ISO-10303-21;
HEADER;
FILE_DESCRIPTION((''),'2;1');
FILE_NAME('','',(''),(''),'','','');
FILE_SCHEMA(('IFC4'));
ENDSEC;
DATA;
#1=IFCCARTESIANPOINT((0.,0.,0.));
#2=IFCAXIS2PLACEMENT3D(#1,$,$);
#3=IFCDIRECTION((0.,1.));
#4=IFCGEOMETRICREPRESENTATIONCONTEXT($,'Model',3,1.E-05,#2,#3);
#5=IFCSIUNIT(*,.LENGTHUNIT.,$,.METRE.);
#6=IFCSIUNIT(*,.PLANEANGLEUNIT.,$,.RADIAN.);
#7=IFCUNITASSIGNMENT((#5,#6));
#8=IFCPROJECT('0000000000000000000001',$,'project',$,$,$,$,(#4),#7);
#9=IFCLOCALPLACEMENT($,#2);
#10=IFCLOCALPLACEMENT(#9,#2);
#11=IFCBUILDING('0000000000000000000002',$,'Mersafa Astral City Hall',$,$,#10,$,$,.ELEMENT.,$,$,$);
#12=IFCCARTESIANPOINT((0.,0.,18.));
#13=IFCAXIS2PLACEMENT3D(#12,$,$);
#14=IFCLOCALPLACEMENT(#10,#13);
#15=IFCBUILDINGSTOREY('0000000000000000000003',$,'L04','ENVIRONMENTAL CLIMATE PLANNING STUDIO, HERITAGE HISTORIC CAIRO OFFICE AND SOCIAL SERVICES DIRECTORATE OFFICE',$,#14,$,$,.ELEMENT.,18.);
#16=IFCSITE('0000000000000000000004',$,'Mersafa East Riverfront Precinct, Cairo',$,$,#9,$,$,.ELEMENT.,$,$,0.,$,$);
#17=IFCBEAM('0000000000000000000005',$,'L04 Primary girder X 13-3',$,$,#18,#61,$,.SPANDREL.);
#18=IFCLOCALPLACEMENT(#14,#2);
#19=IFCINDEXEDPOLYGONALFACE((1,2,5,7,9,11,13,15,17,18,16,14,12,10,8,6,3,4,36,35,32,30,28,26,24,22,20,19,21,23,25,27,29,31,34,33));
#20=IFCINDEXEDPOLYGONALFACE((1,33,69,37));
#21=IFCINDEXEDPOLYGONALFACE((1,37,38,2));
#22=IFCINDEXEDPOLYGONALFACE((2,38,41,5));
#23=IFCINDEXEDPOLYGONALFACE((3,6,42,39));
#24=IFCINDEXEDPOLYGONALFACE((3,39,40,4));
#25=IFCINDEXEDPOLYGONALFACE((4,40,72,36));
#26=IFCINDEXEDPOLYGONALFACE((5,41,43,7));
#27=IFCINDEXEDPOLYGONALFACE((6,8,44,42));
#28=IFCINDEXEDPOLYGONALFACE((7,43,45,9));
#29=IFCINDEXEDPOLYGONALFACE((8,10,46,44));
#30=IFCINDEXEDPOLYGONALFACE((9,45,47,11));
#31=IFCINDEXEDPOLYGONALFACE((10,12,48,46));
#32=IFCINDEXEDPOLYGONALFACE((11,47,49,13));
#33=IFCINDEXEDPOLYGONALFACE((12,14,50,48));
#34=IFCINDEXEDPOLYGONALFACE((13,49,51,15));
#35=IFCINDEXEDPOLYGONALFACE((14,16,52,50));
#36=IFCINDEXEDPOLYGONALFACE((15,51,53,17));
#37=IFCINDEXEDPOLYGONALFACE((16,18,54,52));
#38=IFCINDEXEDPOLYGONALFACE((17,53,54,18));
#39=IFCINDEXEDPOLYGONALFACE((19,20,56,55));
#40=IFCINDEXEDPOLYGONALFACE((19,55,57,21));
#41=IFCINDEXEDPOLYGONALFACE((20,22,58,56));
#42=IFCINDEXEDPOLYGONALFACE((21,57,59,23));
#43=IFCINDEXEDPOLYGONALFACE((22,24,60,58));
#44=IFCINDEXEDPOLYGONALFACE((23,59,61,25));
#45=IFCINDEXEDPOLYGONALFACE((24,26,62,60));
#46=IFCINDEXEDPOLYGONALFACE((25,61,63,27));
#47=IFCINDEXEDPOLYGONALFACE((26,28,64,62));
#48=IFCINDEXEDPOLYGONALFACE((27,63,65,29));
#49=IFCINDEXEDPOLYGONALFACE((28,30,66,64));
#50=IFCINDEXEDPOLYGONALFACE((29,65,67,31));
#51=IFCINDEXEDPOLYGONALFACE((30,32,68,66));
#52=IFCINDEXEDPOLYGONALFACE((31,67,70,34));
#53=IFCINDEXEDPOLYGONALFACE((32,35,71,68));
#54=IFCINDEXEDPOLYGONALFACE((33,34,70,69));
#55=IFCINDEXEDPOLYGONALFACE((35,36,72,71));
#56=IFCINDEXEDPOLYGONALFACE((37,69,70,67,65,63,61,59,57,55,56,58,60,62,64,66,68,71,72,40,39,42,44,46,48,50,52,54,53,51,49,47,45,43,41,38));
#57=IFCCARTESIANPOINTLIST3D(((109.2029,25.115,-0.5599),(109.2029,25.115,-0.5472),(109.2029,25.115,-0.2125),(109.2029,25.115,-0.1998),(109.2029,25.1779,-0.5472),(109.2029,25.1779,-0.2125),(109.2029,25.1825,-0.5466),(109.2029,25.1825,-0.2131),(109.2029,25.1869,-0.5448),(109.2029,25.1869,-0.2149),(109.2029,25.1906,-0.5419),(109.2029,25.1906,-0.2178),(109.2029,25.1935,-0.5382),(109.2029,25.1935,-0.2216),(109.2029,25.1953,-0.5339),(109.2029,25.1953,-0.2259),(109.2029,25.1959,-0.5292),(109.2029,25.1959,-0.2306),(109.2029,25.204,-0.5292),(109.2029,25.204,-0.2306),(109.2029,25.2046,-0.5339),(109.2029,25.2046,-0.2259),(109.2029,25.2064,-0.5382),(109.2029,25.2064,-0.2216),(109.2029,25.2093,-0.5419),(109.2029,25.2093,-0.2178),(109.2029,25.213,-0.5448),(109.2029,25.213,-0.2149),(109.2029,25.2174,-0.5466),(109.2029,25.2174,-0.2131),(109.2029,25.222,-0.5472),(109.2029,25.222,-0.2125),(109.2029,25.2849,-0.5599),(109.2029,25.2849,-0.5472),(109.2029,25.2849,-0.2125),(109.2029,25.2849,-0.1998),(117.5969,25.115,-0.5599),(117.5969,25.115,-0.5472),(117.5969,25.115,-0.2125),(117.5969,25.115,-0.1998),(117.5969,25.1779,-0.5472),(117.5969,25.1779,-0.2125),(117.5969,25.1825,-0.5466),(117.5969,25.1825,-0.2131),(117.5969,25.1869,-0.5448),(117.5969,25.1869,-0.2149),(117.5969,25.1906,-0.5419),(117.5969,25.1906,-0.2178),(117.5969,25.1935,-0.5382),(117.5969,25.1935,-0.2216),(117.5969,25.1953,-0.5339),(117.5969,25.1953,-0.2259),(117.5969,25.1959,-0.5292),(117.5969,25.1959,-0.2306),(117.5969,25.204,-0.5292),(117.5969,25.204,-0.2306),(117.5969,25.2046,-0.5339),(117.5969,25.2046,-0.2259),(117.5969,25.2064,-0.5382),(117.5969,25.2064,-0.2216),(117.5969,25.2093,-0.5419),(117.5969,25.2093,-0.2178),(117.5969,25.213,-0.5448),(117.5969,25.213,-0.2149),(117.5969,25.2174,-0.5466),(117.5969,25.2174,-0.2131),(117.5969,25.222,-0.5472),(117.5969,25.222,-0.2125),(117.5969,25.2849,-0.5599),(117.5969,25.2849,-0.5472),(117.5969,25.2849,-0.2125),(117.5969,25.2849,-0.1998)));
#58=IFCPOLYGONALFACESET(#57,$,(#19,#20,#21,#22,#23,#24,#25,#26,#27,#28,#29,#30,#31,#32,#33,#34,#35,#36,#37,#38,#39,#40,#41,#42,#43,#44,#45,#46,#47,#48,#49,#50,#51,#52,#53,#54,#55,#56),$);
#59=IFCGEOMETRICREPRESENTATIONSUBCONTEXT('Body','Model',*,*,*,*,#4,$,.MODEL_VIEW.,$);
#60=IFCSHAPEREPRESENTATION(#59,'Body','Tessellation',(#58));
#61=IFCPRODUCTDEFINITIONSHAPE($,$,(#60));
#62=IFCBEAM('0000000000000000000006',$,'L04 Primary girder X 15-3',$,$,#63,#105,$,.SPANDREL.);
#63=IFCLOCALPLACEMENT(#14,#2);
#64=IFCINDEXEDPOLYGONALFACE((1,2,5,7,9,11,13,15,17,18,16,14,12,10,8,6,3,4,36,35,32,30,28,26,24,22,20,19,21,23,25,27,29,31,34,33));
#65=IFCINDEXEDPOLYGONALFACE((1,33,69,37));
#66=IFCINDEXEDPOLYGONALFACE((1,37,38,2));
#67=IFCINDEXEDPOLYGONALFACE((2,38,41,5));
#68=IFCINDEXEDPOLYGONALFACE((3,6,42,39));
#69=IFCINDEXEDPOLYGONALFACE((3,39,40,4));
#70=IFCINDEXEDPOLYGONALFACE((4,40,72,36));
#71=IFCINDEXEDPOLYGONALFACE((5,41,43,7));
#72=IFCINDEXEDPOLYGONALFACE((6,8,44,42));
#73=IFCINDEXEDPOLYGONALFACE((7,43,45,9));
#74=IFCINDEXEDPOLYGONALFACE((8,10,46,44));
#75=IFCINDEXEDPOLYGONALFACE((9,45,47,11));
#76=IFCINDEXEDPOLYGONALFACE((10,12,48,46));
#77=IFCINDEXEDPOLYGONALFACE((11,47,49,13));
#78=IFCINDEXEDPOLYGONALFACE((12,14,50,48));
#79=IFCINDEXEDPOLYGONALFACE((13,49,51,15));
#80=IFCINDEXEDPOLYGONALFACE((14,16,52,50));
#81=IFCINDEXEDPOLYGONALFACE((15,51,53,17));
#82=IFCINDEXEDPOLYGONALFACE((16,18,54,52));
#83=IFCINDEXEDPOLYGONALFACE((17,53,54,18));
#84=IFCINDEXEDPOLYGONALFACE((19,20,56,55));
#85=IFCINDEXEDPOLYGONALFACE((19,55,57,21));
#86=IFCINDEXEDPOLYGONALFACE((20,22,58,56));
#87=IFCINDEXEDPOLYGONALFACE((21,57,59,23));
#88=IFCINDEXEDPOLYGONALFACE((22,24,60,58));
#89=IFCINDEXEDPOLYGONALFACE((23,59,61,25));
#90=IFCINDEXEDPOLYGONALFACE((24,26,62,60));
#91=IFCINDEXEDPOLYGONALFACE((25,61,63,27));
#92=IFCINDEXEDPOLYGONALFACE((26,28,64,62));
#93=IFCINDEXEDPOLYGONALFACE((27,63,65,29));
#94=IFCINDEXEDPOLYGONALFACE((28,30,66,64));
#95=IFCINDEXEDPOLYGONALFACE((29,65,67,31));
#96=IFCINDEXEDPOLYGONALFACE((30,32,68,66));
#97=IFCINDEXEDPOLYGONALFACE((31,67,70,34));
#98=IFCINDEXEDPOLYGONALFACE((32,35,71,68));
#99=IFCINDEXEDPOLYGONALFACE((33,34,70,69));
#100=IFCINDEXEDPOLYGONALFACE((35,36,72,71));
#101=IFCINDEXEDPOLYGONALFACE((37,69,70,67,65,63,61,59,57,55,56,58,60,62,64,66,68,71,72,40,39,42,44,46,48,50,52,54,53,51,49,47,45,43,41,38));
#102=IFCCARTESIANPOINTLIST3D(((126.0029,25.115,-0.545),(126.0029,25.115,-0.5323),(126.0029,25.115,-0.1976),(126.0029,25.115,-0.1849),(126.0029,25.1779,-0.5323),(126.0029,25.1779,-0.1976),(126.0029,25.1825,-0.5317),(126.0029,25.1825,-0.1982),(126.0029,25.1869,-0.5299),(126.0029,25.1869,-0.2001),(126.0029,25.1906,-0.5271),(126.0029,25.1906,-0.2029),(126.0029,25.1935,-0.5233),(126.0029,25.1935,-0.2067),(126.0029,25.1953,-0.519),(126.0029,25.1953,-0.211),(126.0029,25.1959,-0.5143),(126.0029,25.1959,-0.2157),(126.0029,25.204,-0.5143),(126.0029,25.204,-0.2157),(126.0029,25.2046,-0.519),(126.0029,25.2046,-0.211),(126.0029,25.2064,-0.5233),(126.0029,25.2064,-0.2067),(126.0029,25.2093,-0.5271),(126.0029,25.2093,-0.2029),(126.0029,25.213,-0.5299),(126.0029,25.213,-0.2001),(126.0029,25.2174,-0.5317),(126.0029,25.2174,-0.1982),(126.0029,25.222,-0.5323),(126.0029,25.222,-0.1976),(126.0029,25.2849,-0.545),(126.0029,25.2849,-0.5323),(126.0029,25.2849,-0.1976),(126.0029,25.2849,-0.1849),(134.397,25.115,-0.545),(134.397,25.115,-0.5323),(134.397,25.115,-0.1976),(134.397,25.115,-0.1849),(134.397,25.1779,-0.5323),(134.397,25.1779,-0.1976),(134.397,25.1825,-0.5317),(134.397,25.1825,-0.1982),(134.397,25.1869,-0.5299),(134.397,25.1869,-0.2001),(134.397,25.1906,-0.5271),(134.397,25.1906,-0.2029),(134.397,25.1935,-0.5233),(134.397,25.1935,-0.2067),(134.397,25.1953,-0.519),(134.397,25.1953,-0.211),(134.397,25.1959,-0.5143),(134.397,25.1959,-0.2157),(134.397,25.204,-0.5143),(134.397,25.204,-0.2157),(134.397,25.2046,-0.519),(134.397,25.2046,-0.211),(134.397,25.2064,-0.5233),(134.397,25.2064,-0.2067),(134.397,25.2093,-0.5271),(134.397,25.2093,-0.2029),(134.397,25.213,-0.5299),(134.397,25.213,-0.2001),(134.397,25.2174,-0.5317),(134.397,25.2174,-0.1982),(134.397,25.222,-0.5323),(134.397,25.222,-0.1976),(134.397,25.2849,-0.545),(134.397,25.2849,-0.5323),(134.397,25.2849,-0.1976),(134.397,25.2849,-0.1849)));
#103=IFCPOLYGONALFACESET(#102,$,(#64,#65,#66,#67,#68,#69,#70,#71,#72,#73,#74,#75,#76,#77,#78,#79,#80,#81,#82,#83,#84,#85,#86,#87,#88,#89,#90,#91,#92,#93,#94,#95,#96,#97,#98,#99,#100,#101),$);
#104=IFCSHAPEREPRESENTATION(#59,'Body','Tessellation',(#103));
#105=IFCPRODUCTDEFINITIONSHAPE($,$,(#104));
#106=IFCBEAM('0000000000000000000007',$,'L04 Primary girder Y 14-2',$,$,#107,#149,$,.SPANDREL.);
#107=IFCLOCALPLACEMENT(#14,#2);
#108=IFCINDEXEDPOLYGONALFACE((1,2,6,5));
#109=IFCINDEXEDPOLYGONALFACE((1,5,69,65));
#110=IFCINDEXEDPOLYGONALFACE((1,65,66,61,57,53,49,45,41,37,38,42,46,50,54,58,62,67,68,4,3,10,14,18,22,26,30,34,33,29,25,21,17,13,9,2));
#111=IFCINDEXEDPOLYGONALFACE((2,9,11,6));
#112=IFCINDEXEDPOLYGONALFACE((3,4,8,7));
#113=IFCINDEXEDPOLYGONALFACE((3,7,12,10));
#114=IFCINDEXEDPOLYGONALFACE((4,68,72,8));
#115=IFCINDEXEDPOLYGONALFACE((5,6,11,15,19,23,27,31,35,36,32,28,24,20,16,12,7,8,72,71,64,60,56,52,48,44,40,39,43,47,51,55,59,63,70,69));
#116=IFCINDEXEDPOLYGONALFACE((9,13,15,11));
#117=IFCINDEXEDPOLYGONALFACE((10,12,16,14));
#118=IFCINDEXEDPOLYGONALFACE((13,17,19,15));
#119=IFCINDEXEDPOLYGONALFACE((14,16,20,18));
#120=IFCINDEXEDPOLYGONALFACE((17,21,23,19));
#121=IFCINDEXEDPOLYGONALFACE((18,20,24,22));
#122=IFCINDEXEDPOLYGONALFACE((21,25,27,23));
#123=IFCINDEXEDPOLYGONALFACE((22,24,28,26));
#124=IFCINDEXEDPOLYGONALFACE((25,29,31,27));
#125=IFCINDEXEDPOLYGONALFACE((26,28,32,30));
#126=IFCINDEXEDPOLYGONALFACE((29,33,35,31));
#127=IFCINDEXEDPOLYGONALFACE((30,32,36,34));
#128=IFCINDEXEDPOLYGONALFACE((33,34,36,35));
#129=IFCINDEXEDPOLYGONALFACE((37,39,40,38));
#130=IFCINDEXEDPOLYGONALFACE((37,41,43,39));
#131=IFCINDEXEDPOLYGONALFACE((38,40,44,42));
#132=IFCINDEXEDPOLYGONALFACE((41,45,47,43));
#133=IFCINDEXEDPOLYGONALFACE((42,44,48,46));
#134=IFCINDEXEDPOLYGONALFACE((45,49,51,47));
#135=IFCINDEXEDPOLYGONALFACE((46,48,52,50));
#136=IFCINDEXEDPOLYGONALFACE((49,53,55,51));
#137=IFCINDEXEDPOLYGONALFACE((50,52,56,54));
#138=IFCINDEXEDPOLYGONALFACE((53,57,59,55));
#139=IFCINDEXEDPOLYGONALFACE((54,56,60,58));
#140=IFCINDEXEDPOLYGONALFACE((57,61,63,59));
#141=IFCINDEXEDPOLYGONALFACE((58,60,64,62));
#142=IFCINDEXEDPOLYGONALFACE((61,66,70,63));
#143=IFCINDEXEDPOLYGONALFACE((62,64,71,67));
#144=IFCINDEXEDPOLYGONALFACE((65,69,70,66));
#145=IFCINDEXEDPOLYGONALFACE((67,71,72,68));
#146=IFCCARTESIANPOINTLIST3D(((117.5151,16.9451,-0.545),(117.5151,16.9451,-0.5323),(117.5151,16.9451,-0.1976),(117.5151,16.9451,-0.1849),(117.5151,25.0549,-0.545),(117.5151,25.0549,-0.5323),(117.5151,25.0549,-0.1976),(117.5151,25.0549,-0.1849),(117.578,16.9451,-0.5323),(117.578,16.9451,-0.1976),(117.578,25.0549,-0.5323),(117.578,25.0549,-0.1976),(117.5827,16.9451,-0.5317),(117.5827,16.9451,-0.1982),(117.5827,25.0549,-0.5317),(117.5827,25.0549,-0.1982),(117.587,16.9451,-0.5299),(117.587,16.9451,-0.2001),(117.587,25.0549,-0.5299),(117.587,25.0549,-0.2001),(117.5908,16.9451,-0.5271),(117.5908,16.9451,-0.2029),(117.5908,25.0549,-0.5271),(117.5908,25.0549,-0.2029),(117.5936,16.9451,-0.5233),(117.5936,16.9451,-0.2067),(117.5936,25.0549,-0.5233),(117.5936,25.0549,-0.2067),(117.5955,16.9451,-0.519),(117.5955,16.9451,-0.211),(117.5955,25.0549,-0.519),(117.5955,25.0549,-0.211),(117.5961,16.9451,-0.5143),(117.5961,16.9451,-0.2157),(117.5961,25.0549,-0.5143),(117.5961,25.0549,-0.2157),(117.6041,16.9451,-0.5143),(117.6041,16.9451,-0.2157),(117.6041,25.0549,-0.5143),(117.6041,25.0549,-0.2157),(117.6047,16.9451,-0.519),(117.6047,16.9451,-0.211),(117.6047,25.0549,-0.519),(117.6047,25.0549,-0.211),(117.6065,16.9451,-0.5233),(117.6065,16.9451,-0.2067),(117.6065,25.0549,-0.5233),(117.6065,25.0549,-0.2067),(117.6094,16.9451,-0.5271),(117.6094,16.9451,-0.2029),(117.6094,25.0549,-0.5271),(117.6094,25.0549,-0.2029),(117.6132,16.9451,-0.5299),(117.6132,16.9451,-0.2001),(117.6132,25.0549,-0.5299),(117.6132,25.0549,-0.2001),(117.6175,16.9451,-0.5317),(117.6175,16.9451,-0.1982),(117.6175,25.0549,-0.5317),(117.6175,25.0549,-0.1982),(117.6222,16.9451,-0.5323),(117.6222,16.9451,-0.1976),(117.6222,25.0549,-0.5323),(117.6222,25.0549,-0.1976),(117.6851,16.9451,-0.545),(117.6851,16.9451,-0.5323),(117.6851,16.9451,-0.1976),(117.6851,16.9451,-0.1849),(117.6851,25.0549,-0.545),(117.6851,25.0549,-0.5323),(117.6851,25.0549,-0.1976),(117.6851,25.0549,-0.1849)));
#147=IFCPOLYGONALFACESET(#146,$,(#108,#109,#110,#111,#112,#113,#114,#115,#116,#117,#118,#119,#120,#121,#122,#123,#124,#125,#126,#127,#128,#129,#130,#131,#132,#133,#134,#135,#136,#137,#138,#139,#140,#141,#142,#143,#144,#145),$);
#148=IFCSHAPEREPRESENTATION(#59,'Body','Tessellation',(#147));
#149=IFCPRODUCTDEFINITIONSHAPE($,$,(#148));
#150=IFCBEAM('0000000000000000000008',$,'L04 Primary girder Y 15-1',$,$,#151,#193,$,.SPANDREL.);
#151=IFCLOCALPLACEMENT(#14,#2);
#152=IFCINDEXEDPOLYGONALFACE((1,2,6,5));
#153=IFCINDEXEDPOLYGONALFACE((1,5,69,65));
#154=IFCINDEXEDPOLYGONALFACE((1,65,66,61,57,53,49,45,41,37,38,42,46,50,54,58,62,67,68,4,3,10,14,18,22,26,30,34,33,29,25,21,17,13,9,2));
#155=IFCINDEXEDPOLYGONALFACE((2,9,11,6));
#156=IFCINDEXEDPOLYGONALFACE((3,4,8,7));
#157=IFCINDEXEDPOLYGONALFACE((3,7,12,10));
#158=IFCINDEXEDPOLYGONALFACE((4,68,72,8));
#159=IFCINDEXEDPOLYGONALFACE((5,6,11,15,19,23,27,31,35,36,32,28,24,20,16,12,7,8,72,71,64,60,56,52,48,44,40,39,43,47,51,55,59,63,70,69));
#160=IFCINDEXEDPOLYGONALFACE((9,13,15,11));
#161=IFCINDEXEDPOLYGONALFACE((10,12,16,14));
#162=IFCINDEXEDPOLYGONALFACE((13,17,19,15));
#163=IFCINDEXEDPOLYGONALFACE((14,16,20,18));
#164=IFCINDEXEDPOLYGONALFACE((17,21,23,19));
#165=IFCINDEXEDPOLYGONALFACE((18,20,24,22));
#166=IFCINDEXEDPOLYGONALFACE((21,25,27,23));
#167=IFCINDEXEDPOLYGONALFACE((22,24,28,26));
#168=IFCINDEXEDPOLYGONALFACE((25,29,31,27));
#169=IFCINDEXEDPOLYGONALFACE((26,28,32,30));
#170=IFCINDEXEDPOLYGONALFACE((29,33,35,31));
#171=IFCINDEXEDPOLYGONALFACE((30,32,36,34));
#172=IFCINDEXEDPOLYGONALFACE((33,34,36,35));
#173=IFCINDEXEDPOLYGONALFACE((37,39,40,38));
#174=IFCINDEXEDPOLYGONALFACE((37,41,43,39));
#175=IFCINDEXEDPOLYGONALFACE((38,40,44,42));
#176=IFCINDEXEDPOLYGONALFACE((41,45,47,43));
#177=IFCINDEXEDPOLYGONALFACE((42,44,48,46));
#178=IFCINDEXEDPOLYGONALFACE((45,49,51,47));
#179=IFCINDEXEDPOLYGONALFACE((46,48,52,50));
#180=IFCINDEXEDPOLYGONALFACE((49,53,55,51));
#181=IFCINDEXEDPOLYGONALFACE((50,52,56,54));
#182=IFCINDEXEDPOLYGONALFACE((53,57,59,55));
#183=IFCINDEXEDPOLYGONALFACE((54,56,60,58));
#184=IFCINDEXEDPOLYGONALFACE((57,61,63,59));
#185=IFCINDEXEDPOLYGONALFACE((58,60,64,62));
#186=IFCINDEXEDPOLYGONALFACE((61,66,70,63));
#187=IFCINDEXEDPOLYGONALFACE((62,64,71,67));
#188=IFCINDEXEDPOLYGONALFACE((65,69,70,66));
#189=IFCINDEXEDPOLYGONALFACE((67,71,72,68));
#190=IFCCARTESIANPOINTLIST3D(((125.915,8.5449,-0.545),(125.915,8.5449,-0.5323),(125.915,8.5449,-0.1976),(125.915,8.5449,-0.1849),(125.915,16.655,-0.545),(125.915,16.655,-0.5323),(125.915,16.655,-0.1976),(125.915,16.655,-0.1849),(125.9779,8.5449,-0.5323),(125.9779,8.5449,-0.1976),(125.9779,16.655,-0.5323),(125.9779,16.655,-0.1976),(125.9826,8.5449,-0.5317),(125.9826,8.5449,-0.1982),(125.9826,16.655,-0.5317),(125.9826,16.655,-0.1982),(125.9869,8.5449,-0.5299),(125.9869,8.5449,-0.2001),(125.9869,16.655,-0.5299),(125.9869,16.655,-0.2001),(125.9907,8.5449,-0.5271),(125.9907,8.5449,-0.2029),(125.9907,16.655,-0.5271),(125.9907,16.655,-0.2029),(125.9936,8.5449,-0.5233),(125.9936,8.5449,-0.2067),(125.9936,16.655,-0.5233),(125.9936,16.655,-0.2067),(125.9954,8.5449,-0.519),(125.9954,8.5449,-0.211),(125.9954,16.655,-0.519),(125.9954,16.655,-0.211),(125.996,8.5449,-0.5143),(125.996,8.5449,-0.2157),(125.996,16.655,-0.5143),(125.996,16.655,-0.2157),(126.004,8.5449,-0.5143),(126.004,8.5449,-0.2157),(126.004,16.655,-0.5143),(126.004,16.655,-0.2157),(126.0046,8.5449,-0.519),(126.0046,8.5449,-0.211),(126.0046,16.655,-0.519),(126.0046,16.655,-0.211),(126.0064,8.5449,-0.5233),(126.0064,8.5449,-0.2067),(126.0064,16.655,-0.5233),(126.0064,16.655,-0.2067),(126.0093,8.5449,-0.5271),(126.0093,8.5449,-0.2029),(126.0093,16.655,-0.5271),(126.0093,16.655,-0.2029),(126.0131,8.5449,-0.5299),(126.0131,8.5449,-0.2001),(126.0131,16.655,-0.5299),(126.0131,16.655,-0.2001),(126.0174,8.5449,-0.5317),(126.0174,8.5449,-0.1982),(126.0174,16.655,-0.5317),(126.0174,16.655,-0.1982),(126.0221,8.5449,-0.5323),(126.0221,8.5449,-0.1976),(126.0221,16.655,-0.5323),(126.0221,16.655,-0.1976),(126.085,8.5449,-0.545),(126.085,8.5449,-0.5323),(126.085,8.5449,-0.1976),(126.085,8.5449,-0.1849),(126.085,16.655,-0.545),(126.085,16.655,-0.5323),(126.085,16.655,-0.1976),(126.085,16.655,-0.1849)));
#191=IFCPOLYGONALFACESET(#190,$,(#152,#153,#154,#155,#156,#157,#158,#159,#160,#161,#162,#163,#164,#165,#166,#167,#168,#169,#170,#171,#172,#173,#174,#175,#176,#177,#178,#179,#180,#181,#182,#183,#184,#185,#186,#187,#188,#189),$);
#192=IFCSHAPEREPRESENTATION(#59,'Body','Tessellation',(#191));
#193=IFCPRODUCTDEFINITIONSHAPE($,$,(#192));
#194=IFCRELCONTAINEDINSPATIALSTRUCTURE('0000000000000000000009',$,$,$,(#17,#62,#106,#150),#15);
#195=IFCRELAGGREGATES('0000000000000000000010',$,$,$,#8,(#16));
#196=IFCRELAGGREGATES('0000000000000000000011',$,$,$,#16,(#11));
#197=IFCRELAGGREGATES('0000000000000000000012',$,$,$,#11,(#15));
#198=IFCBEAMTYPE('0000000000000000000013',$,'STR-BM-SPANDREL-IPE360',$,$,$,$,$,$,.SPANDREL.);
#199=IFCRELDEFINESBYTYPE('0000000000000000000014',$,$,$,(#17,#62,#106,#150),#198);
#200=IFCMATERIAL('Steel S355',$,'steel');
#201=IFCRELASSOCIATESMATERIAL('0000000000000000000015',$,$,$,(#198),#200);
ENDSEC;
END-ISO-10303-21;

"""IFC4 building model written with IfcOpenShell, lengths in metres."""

from ifc_helpers import new_model, si_unit, direction, frame, origin, origin_2d, place, context, subcontext, project, spatial, i_section, extrude, material, material_profile, profile_set, type_object, element, save


model = new_model("IFC4")

# Units and contexts
model_context = context("Model", 3, precision=1e-05, world=origin(), true_north=direction((0.0, 1.0)))
body_context = subcontext(model_context, "Body", "Model", "MODEL_VIEW")
ifc_project = project(units=[si_unit("LENGTHUNIT", "METRE"), si_unit("PLANEANGLEUNIT", "RADIAN")], contexts=[model_context])

# Site, building, storey
site_placement = place(None, origin())
site = spatial("IfcSite", under=ifc_project, at=site_placement, Name="Mersafa East Riverfront Precinct, Cairo", CompositionType="ELEMENT", RefElevation=0.0)
building_placement = place(site_placement, origin())
building = spatial("IfcBuilding", under=site, at=building_placement, Name="Mersafa Astral City Hall", CompositionType="ELEMENT")
storey_placement = place(building_placement, frame((0.0, 0.0, 18.0)))
storey = spatial("IfcBuildingStorey", under=building, at=storey_placement, Name="L04", Description="ENVIRONMENTAL CLIMATE PLANNING STUDIO, HERITAGE HISTORIC CAIRO OFFICE AND SOCIAL SERVICES DIRECTORATE OFFICE", CompositionType="ELEMENT", Elevation=18.0)

# Shared definitions
ifc_material_1 = material(Name="Steel S355", Category="steel")

# Beams
ifc_material_profile_1 = material_profile(ifc_material_1, i_section(OverallWidth=0.1699, OverallDepth=0.3601, WebThickness=0.0081, FlangeThickness=0.0127, FilletRadius=0.0181, at=origin_2d()), Name="IPE 360")
ifc_profile_set_1 = profile_set([ifc_material_profile_1], Name="Steel S355")
beam_type_1 = type_object("IfcBeamType", Name="STR-BM-SPANDREL-IPE360", PredefinedType="SPANDREL", material=ifc_profile_set_1)
for number, where, z_axis, x_axis, name in (
    (1, (109.2029, 25.2, -0.3799), (1.0, 0.0, 0.0), (0.0, 1.0, 0.0), "L04 Primary girder X 13-3"),
    (2, (126.0029, 25.2, -0.365), (1.0, 0.0, 0.0), (0.0, 1.0, 0.0), "L04 Primary girder X 15-3"),
):
    element("IfcBeam", number, at=place(storey_placement, frame(where, z_axis=z_axis, x_axis=x_axis)), inside=storey, type_object=beam_type_1, Name=name, PredefinedType="SPANDREL", context=body_context, shape_type="SweptSolid", body=[
        extrude(i_section(OverallWidth=0.1699, OverallDepth=0.3601, WebThickness=0.0081, FlangeThickness=0.0127, FilletRadius=0.0181, at=origin_2d()), origin(), (0.0, 0.0, 1.0), 8.394),
    ])
beam_1_placement = place(storey_placement, frame((117.6001, 16.9451, -0.365), z_axis=(0.0, 1.0, 0.0), x_axis=(-1.0, 0.0, 0.0)))
element("IfcBeam", 3, at=beam_1_placement, inside=storey, type_object=beam_type_1, Name="L04 Primary girder Y 14-2", PredefinedType="SPANDREL", context=body_context, shape_type="SweptSolid", body=[
    extrude(i_section(OverallWidth=0.1699, OverallDepth=0.3601, WebThickness=0.0081, FlangeThickness=0.0127, FilletRadius=0.0181, at=origin_2d()), origin(), (0.0, 0.0, 1.0), 8.1099),
])
beam_2_placement = place(storey_placement, frame((126.0, 8.5449, -0.365), z_axis=(0.0, 1.0, 0.0), x_axis=(-1.0, 0.0, 0.0)))
element("IfcBeam", 4, at=beam_2_placement, inside=storey, type_object=beam_type_1, Name="L04 Primary girder Y 15-1", PredefinedType="SPANDREL", context=body_context, shape_type="SweptSolid", body=[
    extrude(i_section(OverallWidth=0.1699, OverallDepth=0.3601, WebThickness=0.0081, FlangeThickness=0.0127, FilletRadius=0.0181, at=origin_2d()), origin(), (0.0, 0.0, 1.0), 8.1101),
])

save(model, "model.ifc")
